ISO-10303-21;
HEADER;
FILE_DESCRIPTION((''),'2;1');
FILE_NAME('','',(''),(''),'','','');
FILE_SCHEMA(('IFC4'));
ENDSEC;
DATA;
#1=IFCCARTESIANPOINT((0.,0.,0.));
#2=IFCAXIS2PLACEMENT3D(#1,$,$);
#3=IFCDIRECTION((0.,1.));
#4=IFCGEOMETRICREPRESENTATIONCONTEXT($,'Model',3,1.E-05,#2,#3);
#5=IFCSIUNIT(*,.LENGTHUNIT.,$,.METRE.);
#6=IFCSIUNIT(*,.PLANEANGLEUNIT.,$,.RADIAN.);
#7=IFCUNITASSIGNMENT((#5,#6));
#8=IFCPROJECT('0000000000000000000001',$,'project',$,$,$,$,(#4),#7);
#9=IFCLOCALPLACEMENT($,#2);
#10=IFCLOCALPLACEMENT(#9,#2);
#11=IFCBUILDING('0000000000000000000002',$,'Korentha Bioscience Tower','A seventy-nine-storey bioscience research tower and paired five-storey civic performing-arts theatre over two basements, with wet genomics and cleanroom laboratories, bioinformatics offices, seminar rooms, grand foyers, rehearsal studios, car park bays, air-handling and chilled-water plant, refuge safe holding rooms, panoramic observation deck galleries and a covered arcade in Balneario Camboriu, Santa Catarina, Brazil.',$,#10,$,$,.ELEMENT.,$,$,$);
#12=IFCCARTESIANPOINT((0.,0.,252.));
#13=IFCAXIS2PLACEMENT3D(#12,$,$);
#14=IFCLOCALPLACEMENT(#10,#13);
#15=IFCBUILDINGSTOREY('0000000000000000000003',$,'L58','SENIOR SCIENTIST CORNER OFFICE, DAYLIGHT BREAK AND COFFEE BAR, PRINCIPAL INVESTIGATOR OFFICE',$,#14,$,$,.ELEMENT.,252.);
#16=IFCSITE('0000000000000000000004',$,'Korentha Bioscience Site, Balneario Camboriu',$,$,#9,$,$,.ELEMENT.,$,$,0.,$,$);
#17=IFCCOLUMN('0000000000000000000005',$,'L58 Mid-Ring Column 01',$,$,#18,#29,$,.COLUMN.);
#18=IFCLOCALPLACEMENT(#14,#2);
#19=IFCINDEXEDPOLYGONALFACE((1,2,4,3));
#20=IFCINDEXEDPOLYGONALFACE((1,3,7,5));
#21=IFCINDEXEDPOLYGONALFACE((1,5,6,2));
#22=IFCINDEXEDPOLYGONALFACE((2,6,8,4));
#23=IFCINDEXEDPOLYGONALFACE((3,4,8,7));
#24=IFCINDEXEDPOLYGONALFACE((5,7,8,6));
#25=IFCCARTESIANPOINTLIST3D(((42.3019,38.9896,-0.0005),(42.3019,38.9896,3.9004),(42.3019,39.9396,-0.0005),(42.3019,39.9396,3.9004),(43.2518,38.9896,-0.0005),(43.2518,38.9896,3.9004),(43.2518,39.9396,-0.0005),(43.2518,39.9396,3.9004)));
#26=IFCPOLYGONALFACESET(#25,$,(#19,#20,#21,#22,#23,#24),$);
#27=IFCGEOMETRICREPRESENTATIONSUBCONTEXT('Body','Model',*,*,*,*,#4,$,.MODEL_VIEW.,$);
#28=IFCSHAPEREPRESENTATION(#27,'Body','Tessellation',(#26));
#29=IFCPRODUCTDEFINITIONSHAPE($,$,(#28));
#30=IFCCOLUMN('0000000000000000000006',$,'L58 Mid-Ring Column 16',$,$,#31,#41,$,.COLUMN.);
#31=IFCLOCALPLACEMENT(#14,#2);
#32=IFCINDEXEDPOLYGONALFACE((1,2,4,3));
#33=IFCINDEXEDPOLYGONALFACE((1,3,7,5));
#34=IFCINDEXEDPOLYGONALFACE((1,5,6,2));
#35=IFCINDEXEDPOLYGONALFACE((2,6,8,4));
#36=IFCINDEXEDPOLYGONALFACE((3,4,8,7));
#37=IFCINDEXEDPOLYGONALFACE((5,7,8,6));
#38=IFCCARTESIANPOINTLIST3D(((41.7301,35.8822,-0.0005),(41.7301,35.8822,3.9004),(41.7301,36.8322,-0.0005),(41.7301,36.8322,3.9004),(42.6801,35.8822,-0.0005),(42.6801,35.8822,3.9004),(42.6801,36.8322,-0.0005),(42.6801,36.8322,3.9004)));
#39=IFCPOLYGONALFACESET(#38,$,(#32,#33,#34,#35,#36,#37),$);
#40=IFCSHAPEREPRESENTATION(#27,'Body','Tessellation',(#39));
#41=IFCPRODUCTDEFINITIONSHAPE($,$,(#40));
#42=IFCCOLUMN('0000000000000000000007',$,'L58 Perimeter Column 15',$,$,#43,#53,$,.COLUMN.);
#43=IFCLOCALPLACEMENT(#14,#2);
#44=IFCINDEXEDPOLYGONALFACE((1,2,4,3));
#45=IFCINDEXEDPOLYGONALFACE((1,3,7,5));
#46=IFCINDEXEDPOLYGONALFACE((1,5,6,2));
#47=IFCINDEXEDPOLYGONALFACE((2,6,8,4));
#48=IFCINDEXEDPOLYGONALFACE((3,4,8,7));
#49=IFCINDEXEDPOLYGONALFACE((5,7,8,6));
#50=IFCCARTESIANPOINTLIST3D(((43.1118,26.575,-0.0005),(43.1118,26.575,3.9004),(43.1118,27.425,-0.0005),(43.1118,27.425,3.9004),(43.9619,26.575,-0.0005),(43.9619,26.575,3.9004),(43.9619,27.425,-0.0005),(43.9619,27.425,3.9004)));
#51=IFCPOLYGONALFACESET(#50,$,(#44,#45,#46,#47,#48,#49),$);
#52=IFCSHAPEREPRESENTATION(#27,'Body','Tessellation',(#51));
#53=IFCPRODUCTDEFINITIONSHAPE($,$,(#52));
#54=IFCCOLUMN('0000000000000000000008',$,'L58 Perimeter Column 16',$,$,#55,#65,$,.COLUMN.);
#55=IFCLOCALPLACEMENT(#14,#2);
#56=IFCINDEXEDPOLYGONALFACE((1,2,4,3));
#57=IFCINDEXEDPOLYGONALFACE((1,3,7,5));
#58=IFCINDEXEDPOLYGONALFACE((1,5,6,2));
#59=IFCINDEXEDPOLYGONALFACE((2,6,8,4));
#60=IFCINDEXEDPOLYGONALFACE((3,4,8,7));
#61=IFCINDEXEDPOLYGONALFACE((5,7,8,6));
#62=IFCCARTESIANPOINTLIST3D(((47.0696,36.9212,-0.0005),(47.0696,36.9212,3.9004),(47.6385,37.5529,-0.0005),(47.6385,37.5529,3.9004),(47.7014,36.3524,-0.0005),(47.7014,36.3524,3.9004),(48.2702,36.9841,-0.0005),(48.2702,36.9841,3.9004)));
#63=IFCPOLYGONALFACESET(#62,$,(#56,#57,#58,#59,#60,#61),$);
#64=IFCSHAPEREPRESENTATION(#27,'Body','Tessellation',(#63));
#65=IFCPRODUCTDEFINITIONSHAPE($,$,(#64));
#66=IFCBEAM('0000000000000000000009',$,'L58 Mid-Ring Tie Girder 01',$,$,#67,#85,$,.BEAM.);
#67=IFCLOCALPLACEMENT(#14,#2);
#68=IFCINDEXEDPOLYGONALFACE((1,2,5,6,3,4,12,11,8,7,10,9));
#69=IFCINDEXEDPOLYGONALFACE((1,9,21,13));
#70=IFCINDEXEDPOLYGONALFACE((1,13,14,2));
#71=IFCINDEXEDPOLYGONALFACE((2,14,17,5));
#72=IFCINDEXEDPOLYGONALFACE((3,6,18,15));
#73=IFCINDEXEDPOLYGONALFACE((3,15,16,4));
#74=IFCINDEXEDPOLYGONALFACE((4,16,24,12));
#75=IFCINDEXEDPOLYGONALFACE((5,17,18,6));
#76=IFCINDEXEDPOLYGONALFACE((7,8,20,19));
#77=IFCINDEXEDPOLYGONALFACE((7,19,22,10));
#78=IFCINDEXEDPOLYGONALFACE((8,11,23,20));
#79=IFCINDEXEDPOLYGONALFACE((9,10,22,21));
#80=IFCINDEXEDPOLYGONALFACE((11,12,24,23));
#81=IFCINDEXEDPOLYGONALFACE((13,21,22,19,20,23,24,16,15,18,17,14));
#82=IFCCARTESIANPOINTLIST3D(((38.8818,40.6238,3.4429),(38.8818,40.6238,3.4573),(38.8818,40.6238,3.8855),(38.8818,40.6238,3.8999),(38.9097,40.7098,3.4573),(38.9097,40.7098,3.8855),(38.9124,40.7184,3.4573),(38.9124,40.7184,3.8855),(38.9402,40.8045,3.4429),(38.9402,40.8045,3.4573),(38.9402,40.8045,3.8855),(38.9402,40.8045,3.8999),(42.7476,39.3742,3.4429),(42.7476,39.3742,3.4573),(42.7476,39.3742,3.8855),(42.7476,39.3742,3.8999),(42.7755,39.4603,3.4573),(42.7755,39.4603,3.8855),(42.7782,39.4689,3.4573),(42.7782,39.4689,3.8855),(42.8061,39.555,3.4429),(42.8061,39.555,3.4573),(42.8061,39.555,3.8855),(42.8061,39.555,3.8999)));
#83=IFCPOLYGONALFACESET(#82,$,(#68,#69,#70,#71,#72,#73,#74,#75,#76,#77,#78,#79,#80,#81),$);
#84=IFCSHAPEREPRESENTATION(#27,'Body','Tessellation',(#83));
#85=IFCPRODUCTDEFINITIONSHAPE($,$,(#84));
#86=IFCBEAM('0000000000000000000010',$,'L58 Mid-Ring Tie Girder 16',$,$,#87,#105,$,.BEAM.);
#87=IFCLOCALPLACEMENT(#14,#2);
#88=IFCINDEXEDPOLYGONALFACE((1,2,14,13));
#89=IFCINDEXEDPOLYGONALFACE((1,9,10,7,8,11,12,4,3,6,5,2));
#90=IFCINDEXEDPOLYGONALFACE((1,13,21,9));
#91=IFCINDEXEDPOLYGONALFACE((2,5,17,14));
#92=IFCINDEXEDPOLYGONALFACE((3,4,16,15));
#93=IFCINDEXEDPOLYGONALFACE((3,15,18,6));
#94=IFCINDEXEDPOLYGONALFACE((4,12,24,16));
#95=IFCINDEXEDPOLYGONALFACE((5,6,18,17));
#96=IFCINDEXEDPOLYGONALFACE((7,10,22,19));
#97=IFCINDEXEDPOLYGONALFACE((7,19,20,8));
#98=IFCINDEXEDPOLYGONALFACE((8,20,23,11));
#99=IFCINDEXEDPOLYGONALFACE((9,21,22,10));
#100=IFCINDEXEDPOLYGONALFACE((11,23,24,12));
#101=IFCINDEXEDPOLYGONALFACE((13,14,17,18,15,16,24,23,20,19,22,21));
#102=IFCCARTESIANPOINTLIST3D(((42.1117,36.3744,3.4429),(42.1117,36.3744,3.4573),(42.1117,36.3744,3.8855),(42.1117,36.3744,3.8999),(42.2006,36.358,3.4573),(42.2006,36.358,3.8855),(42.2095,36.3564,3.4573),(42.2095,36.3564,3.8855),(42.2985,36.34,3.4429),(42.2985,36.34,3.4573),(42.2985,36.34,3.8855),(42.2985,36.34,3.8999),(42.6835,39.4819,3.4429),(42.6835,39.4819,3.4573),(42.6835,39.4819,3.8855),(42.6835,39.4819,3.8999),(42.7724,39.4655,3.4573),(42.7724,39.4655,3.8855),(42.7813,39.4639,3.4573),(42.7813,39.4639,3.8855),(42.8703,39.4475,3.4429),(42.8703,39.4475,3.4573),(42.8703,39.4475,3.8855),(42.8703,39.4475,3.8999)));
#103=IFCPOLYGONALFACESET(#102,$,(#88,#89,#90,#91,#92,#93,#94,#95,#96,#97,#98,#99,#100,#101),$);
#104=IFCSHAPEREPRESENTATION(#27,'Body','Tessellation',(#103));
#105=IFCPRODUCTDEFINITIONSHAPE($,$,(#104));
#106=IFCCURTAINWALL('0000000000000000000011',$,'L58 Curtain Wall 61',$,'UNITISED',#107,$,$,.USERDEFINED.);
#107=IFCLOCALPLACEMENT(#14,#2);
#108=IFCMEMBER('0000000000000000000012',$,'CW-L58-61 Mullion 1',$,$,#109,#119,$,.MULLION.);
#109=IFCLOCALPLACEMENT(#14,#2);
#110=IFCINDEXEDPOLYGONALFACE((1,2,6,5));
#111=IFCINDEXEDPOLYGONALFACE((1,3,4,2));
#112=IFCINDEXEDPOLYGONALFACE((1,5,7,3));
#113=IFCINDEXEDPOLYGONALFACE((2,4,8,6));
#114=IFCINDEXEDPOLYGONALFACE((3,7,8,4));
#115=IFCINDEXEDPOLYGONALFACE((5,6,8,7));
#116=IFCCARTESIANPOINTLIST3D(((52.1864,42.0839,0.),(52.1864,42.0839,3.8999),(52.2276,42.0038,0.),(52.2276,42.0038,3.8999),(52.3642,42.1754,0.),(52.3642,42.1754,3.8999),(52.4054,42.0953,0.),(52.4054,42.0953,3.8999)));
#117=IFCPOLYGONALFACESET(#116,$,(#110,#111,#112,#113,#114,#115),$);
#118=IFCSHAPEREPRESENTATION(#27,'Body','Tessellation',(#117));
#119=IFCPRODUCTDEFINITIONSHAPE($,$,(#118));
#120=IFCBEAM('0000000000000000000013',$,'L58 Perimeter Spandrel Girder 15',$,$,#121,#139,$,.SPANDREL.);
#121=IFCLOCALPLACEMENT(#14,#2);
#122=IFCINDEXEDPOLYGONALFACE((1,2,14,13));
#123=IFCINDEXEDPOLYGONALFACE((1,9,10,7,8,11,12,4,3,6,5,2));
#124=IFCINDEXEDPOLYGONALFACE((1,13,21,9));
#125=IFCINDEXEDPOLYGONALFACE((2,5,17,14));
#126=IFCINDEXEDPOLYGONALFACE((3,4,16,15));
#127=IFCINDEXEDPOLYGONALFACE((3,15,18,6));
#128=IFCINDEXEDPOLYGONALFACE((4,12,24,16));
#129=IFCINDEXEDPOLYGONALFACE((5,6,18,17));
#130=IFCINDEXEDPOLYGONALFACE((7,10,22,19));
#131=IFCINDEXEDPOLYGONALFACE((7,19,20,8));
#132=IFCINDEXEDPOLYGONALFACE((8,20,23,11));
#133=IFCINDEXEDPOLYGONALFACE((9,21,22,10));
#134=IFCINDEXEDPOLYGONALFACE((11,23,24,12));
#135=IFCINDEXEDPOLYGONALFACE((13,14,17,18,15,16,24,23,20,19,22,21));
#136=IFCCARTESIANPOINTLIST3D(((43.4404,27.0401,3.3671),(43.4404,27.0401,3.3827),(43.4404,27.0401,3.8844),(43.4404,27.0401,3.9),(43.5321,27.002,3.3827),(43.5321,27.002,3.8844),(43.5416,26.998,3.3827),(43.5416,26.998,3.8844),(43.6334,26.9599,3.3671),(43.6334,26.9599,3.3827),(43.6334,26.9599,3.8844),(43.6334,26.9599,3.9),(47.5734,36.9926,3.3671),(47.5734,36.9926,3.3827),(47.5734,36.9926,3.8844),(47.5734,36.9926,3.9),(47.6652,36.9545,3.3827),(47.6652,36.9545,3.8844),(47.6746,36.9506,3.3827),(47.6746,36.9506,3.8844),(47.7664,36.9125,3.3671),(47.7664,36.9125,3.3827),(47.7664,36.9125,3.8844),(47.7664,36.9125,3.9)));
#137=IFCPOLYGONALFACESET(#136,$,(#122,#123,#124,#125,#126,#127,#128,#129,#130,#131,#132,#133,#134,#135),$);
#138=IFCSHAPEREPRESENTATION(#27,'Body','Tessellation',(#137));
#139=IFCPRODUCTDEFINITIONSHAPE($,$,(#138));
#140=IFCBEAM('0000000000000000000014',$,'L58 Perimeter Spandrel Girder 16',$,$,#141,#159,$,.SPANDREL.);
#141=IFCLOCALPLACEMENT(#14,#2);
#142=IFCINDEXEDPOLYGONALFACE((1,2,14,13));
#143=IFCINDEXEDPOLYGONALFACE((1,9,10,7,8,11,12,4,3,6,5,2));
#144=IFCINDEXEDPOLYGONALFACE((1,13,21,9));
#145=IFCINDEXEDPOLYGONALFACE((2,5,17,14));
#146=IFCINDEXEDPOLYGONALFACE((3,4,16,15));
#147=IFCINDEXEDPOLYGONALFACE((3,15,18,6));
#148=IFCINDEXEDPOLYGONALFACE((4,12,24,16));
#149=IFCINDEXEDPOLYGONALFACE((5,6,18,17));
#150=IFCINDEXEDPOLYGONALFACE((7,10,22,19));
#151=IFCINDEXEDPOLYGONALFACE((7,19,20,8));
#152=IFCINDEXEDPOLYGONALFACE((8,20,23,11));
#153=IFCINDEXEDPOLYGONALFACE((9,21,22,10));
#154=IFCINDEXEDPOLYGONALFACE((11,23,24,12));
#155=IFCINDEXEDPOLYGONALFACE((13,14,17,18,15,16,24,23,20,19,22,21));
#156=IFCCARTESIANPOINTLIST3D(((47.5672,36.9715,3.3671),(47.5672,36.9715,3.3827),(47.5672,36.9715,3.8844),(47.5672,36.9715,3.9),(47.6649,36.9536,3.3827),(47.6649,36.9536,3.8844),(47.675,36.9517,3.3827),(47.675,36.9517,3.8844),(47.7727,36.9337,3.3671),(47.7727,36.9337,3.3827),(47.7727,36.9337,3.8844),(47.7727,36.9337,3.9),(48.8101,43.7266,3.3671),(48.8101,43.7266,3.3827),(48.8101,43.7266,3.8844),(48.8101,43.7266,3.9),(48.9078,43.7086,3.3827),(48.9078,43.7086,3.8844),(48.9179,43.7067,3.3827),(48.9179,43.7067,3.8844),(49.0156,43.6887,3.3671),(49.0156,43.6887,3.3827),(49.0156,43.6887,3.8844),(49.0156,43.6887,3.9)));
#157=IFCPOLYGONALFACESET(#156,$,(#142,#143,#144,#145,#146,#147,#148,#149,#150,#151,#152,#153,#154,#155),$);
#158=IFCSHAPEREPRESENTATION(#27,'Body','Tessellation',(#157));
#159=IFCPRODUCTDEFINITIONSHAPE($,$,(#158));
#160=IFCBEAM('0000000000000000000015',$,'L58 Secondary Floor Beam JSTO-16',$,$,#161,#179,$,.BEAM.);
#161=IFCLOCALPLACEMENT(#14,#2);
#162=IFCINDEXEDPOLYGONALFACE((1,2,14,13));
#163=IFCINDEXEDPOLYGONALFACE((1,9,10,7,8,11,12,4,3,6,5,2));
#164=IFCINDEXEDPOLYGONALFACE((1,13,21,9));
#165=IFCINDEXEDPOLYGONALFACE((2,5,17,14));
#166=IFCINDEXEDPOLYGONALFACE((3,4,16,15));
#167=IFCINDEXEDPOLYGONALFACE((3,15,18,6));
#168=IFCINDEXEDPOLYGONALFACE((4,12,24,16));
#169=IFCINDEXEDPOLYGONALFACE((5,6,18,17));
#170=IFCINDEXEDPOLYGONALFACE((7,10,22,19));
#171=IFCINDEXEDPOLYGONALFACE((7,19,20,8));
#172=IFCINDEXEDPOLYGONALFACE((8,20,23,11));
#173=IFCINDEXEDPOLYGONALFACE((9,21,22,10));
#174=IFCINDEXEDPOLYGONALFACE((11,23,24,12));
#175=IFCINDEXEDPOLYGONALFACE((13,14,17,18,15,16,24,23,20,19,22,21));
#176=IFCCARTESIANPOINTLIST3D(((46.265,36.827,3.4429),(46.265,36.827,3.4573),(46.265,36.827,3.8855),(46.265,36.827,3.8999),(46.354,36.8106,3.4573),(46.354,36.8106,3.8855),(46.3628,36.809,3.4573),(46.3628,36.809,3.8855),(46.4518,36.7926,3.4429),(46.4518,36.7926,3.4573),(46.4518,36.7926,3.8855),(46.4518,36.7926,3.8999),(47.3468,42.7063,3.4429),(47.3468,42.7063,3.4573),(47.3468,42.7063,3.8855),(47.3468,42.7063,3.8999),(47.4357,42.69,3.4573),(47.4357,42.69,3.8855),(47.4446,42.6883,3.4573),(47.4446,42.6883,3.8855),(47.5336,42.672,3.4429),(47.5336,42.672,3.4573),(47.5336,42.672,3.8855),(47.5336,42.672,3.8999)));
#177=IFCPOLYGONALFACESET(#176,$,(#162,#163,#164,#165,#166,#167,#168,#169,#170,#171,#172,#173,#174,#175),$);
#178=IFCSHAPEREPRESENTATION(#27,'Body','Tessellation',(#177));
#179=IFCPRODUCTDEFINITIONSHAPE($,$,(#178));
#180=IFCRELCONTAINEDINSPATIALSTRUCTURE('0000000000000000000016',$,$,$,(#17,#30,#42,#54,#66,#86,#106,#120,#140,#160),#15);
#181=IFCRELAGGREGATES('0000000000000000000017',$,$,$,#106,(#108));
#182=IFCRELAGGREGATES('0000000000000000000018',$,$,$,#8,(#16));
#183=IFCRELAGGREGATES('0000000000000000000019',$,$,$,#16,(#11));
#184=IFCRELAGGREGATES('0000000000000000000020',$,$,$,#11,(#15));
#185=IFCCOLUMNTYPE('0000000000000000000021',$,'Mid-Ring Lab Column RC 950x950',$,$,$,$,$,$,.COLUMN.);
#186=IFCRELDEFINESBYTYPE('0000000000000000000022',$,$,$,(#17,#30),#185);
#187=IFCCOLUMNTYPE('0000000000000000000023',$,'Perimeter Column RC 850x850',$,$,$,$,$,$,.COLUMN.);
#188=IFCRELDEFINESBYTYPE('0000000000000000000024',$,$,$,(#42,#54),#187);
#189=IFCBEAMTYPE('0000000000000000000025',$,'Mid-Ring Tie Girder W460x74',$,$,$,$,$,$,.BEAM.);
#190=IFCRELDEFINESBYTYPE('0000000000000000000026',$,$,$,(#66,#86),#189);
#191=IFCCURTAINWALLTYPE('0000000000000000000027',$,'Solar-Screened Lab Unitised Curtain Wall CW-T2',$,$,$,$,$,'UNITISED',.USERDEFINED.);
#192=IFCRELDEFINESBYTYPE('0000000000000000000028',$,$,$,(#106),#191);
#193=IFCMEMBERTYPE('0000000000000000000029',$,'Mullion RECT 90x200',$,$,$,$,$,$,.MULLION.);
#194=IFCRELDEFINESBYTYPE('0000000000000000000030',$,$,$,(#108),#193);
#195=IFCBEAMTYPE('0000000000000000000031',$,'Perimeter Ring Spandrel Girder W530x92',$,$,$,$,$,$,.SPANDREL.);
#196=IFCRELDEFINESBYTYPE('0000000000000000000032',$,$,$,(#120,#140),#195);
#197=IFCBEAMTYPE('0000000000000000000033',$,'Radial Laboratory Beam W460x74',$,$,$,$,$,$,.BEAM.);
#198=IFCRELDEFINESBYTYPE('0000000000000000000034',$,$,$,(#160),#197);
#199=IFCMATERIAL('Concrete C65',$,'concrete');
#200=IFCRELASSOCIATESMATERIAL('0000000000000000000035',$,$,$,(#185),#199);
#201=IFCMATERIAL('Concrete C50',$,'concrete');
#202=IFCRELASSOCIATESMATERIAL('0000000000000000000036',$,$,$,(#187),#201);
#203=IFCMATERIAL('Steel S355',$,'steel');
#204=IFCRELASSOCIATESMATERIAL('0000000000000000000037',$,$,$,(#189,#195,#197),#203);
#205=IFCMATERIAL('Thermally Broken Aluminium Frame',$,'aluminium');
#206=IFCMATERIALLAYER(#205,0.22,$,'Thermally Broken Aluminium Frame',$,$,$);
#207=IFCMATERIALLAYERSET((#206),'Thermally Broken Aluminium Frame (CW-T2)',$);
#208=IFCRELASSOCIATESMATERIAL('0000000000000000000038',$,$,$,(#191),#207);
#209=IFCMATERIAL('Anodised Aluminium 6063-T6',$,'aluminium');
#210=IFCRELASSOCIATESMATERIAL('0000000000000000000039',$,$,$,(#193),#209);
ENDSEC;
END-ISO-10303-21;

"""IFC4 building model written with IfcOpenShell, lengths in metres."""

from ifc_helpers import new_model, si_unit, direction, frame, origin, origin_2d, place, context, subcontext, project, spatial, rectangle, i_section, extrude, material, layer, layer_set, material_profile, profile_set, type_object, element, aggregate, save


model = new_model("IFC4")

# Units and contexts
model_context = context("Model", 3, precision=1e-05, world=origin(), true_north=direction((0.0, 1.0)))
body_context = subcontext(model_context, "Body", "Model", "MODEL_VIEW")
ifc_project = project(units=[si_unit("LENGTHUNIT", "METRE"), si_unit("PLANEANGLEUNIT", "RADIAN")], contexts=[model_context])

# Site, building, storey
site_placement = place(None, origin())
site = spatial("IfcSite", under=ifc_project, at=site_placement, Name="Korentha Bioscience Site, Balneario Camboriu", CompositionType="ELEMENT", RefElevation=0.0)
building_placement = place(site_placement, origin())
building = spatial("IfcBuilding", under=site, at=building_placement, Name="Korentha Bioscience Tower", Description="A seventy-nine-storey bioscience research tower and paired five-storey civic performing-arts theatre over two basements, with wet genomics and cleanroom laboratories, bioinformatics offices, seminar rooms, grand foyers, rehearsal studios, car park bays, air-handling and chilled-water plant, refuge safe holding rooms, panoramic observation deck galleries and a covered arcade in Balneario Camboriu, Santa Catarina, Brazil.", CompositionType="ELEMENT")
storey_placement = place(building_placement, frame((0.0, 0.0, 252.0)))
storey = spatial("IfcBuildingStorey", under=building, at=storey_placement, Name="L58", Description="SENIOR SCIENTIST CORNER OFFICE, DAYLIGHT BREAK AND COFFEE BAR, PRINCIPAL INVESTIGATOR OFFICE", CompositionType="ELEMENT", Elevation=252.0)

# Columns
ifc_material_1 = material(Name="Concrete C65", Category="concrete")
ifc_material_profile_1 = material_profile(ifc_material_1, rectangle(XDim=0.95, YDim=0.95, at=origin_2d()), Name="Concrete C65")
ifc_profile_set_1 = profile_set([ifc_material_profile_1], Name="Concrete C65 (COL-MR09)")
column_type_1 = type_object("IfcColumnType", Name="Mid-Ring Lab Column RC 950x950", PredefinedType="COLUMN", material=ifc_profile_set_1)
for number, where, z_axis, x_axis, name in (
    (1, (42.7769, 39.4646, -0.0005), (0.0, 0.0, 1.0), (1.0, 0.0, 0.0), "L58 Mid-Ring Column 01"),
    (2, (42.2051, 36.3572, -0.0005), (0.0, 0.0, 1.0), (1.0, 0.0, 0.0), "L58 Mid-Ring Column 16"),
):
    element("IfcColumn", number, at=place(storey_placement, frame(where, z_axis=z_axis, x_axis=x_axis)), inside=storey, type_object=column_type_1, Name=name, PredefinedType="COLUMN", context=body_context, shape_type="SweptSolid", body=[
        extrude(rectangle(XDim=0.95, YDim=0.95, at=origin_2d()), origin(), (0.0, 0.0, 1.0), 3.9009),
    ])
ifc_material_2 = material(Name="Concrete C50", Category="concrete")
ifc_material_profile_2 = material_profile(ifc_material_2, rectangle(XDim=0.8501, YDim=0.8501, at=origin_2d()), Name="Concrete C50")
ifc_profile_set_2 = profile_set([ifc_material_profile_2], Name="Concrete C50 (COL-P08)")
column_type_2 = type_object("IfcColumnType", Name="Perimeter Column RC 850x850", PredefinedType="COLUMN", material=ifc_profile_set_2)
for number, where, z_axis, x_axis, name in (
    (3, (43.5369, 27.0, -0.0005), (0.0, 0.0, 1.0), (0.0, 1.0, 0.0), "L58 Perimeter Column 15"),
    (4, (47.6699, 36.9526, -0.0005), (0.0, 0.0, 1.0), (0.669131, 0.743145, 0.0), "L58 Perimeter Column 16"),
):
    element("IfcColumn", number, at=place(storey_placement, frame(where, z_axis=z_axis, x_axis=x_axis)), inside=storey, type_object=column_type_2, Name=name, PredefinedType="COLUMN", context=body_context, shape_type="SweptSolid", body=[
        extrude(rectangle(XDim=0.8501, YDim=0.8501, at=origin_2d()), origin(), (0.0, 0.0, 1.0), 3.9009),
    ])

# Beams
ifc_material_3 = material(Name="Steel S355", Category="steel")
ifc_material_profile_3 = material_profile(ifc_material_3, i_section(OverallWidth=0.1899, OverallDepth=0.457, WebThickness=0.009, FlangeThickness=0.0144, at=origin_2d()), Name="Steel S355")
ifc_profile_set_3 = profile_set([ifc_material_profile_3], Name="Steel S355 (MB-460)")
beam_type_1 = type_object("IfcBeamType", Name="Mid-Ring Tie Girder W460x74", PredefinedType="BEAM", material=ifc_profile_set_3)
beam_1_placement = place(storey_placement, frame((42.7769, 39.4646, 3.6714), z_axis=(-0.951528, 0.307561, 0.0), x_axis=(-0.307561, -0.951528, 0.0)))
element("IfcBeam", 5, at=beam_1_placement, inside=storey, type_object=beam_type_1, Name="L58 Mid-Ring Tie Girder 01", PredefinedType="BEAM", context=body_context, shape_type="SweptSolid", body=[
    extrude(i_section(OverallWidth=0.1899, OverallDepth=0.457, WebThickness=0.009, FlangeThickness=0.0144, at=origin_2d()), origin(), (0.0, 0.0, 1.0), 4.0627),
])
beam_2_placement = place(storey_placement, frame((42.2051, 36.3572, 3.6714), z_axis=(0.180966, 0.983489, 0.0), x_axis=(-0.983489, 0.180966, 0.0)))
element("IfcBeam", 6, at=beam_2_placement, inside=storey, type_object=beam_type_1, Name="L58 Mid-Ring Tie Girder 16", PredefinedType="BEAM", context=body_context, shape_type="SweptSolid", body=[
    extrude(i_section(OverallWidth=0.1899, OverallDepth=0.457, WebThickness=0.009, FlangeThickness=0.0144, at=origin_2d()), origin(), (0.0, 0.0, 1.0), 3.1597),
])

# Curtain wall, member
ifc_material_4 = material(Name="Thermally Broken Aluminium Frame", Category="aluminium")
ifc_layer_1 = layer(ifc_material_4, 0.22, Name="Thermally Broken Aluminium Frame")
ifc_layer_set_1 = layer_set([ifc_layer_1], Name="Thermally Broken Aluminium Frame (CW-T2)")
curtain_wall_type = type_object("IfcCurtainWallType", Name="Solar-Screened Lab Unitised Curtain Wall CW-T2", ElementType="UNITISED", PredefinedType="USERDEFINED", material=ifc_layer_set_1)
curtain_wall_placement = place(storey_placement, origin())
curtain_wall = element("IfcCurtainWall", 7, at=curtain_wall_placement, inside=storey, type_object=curtain_wall_type, Name="L58 Curtain Wall 61", ObjectType="UNITISED", PredefinedType="USERDEFINED")
ifc_material_5 = material(Name="Anodised Aluminium 6063-T6", Category="aluminium")
ifc_material_profile_4 = material_profile(ifc_material_5, rectangle(XDim=0.0901, YDim=0.2, at=origin_2d()), Name="Anodised Aluminium 6063-T6")
ifc_profile_set_4 = profile_set([ifc_material_profile_4], Name="Anodised Aluminium 6063-T6 (CW-MUL)")
member_type_1 = type_object("IfcMemberType", Name="Mullion RECT 90x200", PredefinedType="MULLION", material=ifc_profile_set_4)
member_1_placement = place(storey_placement, frame((52.2959, 42.0896, 0.0), z_axis=(0.0, 0.0, 1.0), x_axis=(-0.45757, 0.889174, 0.0)))
member_1 = element("IfcMember", 8, at=member_1_placement, type_object=member_type_1, Name="CW-L58-61 Mullion 1", PredefinedType="MULLION", context=body_context, shape_type="SweptSolid", body=[
    extrude(rectangle(XDim=0.0901, YDim=0.2, at=origin_2d()), origin(), (0.0, 0.0, 1.0), 3.8999),
])

# Beams
ifc_material_profile_5 = material_profile(ifc_material_3, i_section(OverallWidth=0.209, OverallDepth=0.533, WebThickness=0.0103, FlangeThickness=0.0156, at=origin_2d()), Name="Steel S355")
ifc_profile_set_5 = profile_set([ifc_material_profile_5], Name="Steel S355 (SB-530)")
beam_type_2 = type_object("IfcBeamType", Name="Perimeter Ring Spandrel Girder W530x92", PredefinedType="SPANDREL", material=ifc_profile_set_5)
beam_3_placement = place(storey_placement, frame((43.5369, 27.0, 3.6335), z_axis=(0.383518, 0.923533, 0.0), x_axis=(-0.923533, 0.383518, 0.0)))
element("IfcBeam", 9, at=beam_3_placement, inside=storey, type_object=beam_type_2, Name="L58 Perimeter Spandrel Girder 15", PredefinedType="SPANDREL", context=body_context, shape_type="SweptSolid", body=[
    extrude(i_section(OverallWidth=0.209, OverallDepth=0.533, WebThickness=0.0103, FlangeThickness=0.0156, at=origin_2d()), origin(), (0.0, 0.0, 1.0), 10.7766),
])
beam_4_placement = place(storey_placement, frame((47.6699, 36.9526, 3.6335), z_axis=(0.180959, 0.983491, 0.0), x_axis=(-0.983491, 0.180959, 0.0)))
element("IfcBeam", 10, at=beam_4_placement, inside=storey, type_object=beam_type_2, Name="L58 Perimeter Spandrel Girder 16", PredefinedType="SPANDREL", context=body_context, shape_type="SweptSolid", body=[
    extrude(i_section(OverallWidth=0.209, OverallDepth=0.533, WebThickness=0.0103, FlangeThickness=0.0156, at=origin_2d()), origin(), (0.0, 0.0, 1.0), 6.8684),
])
ifc_material_profile_6 = material_profile(ifc_material_3, i_section(OverallWidth=0.1899, OverallDepth=0.457, WebThickness=0.009, FlangeThickness=0.0144, at=origin_2d()), Name="Steel S355")
ifc_profile_set_6 = profile_set([ifc_material_profile_6], Name="Steel S355 (RB-460)")
beam_type_3 = type_object("IfcBeamType", Name="Radial Laboratory Beam W460x74", PredefinedType="BEAM", material=ifc_profile_set_6)
beam_5_placement = place(storey_placement, frame((46.3584, 36.8098, 3.6714), z_axis=(0.180959, 0.983491, 0.0), x_axis=(-0.983491, 0.180959, 0.0)))
element("IfcBeam", 11, at=beam_5_placement, inside=storey, type_object=beam_type_3, Name="L58 Secondary Floor Beam JSTO-16", PredefinedType="BEAM", context=body_context, shape_type="SweptSolid", body=[
    extrude(i_section(OverallWidth=0.1899, OverallDepth=0.457, WebThickness=0.009, FlangeThickness=0.0144, at=origin_2d()), origin(), (0.0, 0.0, 1.0), 5.978),
])

aggregate(curtain_wall, [member_1])

save(model, "model.ifc")
